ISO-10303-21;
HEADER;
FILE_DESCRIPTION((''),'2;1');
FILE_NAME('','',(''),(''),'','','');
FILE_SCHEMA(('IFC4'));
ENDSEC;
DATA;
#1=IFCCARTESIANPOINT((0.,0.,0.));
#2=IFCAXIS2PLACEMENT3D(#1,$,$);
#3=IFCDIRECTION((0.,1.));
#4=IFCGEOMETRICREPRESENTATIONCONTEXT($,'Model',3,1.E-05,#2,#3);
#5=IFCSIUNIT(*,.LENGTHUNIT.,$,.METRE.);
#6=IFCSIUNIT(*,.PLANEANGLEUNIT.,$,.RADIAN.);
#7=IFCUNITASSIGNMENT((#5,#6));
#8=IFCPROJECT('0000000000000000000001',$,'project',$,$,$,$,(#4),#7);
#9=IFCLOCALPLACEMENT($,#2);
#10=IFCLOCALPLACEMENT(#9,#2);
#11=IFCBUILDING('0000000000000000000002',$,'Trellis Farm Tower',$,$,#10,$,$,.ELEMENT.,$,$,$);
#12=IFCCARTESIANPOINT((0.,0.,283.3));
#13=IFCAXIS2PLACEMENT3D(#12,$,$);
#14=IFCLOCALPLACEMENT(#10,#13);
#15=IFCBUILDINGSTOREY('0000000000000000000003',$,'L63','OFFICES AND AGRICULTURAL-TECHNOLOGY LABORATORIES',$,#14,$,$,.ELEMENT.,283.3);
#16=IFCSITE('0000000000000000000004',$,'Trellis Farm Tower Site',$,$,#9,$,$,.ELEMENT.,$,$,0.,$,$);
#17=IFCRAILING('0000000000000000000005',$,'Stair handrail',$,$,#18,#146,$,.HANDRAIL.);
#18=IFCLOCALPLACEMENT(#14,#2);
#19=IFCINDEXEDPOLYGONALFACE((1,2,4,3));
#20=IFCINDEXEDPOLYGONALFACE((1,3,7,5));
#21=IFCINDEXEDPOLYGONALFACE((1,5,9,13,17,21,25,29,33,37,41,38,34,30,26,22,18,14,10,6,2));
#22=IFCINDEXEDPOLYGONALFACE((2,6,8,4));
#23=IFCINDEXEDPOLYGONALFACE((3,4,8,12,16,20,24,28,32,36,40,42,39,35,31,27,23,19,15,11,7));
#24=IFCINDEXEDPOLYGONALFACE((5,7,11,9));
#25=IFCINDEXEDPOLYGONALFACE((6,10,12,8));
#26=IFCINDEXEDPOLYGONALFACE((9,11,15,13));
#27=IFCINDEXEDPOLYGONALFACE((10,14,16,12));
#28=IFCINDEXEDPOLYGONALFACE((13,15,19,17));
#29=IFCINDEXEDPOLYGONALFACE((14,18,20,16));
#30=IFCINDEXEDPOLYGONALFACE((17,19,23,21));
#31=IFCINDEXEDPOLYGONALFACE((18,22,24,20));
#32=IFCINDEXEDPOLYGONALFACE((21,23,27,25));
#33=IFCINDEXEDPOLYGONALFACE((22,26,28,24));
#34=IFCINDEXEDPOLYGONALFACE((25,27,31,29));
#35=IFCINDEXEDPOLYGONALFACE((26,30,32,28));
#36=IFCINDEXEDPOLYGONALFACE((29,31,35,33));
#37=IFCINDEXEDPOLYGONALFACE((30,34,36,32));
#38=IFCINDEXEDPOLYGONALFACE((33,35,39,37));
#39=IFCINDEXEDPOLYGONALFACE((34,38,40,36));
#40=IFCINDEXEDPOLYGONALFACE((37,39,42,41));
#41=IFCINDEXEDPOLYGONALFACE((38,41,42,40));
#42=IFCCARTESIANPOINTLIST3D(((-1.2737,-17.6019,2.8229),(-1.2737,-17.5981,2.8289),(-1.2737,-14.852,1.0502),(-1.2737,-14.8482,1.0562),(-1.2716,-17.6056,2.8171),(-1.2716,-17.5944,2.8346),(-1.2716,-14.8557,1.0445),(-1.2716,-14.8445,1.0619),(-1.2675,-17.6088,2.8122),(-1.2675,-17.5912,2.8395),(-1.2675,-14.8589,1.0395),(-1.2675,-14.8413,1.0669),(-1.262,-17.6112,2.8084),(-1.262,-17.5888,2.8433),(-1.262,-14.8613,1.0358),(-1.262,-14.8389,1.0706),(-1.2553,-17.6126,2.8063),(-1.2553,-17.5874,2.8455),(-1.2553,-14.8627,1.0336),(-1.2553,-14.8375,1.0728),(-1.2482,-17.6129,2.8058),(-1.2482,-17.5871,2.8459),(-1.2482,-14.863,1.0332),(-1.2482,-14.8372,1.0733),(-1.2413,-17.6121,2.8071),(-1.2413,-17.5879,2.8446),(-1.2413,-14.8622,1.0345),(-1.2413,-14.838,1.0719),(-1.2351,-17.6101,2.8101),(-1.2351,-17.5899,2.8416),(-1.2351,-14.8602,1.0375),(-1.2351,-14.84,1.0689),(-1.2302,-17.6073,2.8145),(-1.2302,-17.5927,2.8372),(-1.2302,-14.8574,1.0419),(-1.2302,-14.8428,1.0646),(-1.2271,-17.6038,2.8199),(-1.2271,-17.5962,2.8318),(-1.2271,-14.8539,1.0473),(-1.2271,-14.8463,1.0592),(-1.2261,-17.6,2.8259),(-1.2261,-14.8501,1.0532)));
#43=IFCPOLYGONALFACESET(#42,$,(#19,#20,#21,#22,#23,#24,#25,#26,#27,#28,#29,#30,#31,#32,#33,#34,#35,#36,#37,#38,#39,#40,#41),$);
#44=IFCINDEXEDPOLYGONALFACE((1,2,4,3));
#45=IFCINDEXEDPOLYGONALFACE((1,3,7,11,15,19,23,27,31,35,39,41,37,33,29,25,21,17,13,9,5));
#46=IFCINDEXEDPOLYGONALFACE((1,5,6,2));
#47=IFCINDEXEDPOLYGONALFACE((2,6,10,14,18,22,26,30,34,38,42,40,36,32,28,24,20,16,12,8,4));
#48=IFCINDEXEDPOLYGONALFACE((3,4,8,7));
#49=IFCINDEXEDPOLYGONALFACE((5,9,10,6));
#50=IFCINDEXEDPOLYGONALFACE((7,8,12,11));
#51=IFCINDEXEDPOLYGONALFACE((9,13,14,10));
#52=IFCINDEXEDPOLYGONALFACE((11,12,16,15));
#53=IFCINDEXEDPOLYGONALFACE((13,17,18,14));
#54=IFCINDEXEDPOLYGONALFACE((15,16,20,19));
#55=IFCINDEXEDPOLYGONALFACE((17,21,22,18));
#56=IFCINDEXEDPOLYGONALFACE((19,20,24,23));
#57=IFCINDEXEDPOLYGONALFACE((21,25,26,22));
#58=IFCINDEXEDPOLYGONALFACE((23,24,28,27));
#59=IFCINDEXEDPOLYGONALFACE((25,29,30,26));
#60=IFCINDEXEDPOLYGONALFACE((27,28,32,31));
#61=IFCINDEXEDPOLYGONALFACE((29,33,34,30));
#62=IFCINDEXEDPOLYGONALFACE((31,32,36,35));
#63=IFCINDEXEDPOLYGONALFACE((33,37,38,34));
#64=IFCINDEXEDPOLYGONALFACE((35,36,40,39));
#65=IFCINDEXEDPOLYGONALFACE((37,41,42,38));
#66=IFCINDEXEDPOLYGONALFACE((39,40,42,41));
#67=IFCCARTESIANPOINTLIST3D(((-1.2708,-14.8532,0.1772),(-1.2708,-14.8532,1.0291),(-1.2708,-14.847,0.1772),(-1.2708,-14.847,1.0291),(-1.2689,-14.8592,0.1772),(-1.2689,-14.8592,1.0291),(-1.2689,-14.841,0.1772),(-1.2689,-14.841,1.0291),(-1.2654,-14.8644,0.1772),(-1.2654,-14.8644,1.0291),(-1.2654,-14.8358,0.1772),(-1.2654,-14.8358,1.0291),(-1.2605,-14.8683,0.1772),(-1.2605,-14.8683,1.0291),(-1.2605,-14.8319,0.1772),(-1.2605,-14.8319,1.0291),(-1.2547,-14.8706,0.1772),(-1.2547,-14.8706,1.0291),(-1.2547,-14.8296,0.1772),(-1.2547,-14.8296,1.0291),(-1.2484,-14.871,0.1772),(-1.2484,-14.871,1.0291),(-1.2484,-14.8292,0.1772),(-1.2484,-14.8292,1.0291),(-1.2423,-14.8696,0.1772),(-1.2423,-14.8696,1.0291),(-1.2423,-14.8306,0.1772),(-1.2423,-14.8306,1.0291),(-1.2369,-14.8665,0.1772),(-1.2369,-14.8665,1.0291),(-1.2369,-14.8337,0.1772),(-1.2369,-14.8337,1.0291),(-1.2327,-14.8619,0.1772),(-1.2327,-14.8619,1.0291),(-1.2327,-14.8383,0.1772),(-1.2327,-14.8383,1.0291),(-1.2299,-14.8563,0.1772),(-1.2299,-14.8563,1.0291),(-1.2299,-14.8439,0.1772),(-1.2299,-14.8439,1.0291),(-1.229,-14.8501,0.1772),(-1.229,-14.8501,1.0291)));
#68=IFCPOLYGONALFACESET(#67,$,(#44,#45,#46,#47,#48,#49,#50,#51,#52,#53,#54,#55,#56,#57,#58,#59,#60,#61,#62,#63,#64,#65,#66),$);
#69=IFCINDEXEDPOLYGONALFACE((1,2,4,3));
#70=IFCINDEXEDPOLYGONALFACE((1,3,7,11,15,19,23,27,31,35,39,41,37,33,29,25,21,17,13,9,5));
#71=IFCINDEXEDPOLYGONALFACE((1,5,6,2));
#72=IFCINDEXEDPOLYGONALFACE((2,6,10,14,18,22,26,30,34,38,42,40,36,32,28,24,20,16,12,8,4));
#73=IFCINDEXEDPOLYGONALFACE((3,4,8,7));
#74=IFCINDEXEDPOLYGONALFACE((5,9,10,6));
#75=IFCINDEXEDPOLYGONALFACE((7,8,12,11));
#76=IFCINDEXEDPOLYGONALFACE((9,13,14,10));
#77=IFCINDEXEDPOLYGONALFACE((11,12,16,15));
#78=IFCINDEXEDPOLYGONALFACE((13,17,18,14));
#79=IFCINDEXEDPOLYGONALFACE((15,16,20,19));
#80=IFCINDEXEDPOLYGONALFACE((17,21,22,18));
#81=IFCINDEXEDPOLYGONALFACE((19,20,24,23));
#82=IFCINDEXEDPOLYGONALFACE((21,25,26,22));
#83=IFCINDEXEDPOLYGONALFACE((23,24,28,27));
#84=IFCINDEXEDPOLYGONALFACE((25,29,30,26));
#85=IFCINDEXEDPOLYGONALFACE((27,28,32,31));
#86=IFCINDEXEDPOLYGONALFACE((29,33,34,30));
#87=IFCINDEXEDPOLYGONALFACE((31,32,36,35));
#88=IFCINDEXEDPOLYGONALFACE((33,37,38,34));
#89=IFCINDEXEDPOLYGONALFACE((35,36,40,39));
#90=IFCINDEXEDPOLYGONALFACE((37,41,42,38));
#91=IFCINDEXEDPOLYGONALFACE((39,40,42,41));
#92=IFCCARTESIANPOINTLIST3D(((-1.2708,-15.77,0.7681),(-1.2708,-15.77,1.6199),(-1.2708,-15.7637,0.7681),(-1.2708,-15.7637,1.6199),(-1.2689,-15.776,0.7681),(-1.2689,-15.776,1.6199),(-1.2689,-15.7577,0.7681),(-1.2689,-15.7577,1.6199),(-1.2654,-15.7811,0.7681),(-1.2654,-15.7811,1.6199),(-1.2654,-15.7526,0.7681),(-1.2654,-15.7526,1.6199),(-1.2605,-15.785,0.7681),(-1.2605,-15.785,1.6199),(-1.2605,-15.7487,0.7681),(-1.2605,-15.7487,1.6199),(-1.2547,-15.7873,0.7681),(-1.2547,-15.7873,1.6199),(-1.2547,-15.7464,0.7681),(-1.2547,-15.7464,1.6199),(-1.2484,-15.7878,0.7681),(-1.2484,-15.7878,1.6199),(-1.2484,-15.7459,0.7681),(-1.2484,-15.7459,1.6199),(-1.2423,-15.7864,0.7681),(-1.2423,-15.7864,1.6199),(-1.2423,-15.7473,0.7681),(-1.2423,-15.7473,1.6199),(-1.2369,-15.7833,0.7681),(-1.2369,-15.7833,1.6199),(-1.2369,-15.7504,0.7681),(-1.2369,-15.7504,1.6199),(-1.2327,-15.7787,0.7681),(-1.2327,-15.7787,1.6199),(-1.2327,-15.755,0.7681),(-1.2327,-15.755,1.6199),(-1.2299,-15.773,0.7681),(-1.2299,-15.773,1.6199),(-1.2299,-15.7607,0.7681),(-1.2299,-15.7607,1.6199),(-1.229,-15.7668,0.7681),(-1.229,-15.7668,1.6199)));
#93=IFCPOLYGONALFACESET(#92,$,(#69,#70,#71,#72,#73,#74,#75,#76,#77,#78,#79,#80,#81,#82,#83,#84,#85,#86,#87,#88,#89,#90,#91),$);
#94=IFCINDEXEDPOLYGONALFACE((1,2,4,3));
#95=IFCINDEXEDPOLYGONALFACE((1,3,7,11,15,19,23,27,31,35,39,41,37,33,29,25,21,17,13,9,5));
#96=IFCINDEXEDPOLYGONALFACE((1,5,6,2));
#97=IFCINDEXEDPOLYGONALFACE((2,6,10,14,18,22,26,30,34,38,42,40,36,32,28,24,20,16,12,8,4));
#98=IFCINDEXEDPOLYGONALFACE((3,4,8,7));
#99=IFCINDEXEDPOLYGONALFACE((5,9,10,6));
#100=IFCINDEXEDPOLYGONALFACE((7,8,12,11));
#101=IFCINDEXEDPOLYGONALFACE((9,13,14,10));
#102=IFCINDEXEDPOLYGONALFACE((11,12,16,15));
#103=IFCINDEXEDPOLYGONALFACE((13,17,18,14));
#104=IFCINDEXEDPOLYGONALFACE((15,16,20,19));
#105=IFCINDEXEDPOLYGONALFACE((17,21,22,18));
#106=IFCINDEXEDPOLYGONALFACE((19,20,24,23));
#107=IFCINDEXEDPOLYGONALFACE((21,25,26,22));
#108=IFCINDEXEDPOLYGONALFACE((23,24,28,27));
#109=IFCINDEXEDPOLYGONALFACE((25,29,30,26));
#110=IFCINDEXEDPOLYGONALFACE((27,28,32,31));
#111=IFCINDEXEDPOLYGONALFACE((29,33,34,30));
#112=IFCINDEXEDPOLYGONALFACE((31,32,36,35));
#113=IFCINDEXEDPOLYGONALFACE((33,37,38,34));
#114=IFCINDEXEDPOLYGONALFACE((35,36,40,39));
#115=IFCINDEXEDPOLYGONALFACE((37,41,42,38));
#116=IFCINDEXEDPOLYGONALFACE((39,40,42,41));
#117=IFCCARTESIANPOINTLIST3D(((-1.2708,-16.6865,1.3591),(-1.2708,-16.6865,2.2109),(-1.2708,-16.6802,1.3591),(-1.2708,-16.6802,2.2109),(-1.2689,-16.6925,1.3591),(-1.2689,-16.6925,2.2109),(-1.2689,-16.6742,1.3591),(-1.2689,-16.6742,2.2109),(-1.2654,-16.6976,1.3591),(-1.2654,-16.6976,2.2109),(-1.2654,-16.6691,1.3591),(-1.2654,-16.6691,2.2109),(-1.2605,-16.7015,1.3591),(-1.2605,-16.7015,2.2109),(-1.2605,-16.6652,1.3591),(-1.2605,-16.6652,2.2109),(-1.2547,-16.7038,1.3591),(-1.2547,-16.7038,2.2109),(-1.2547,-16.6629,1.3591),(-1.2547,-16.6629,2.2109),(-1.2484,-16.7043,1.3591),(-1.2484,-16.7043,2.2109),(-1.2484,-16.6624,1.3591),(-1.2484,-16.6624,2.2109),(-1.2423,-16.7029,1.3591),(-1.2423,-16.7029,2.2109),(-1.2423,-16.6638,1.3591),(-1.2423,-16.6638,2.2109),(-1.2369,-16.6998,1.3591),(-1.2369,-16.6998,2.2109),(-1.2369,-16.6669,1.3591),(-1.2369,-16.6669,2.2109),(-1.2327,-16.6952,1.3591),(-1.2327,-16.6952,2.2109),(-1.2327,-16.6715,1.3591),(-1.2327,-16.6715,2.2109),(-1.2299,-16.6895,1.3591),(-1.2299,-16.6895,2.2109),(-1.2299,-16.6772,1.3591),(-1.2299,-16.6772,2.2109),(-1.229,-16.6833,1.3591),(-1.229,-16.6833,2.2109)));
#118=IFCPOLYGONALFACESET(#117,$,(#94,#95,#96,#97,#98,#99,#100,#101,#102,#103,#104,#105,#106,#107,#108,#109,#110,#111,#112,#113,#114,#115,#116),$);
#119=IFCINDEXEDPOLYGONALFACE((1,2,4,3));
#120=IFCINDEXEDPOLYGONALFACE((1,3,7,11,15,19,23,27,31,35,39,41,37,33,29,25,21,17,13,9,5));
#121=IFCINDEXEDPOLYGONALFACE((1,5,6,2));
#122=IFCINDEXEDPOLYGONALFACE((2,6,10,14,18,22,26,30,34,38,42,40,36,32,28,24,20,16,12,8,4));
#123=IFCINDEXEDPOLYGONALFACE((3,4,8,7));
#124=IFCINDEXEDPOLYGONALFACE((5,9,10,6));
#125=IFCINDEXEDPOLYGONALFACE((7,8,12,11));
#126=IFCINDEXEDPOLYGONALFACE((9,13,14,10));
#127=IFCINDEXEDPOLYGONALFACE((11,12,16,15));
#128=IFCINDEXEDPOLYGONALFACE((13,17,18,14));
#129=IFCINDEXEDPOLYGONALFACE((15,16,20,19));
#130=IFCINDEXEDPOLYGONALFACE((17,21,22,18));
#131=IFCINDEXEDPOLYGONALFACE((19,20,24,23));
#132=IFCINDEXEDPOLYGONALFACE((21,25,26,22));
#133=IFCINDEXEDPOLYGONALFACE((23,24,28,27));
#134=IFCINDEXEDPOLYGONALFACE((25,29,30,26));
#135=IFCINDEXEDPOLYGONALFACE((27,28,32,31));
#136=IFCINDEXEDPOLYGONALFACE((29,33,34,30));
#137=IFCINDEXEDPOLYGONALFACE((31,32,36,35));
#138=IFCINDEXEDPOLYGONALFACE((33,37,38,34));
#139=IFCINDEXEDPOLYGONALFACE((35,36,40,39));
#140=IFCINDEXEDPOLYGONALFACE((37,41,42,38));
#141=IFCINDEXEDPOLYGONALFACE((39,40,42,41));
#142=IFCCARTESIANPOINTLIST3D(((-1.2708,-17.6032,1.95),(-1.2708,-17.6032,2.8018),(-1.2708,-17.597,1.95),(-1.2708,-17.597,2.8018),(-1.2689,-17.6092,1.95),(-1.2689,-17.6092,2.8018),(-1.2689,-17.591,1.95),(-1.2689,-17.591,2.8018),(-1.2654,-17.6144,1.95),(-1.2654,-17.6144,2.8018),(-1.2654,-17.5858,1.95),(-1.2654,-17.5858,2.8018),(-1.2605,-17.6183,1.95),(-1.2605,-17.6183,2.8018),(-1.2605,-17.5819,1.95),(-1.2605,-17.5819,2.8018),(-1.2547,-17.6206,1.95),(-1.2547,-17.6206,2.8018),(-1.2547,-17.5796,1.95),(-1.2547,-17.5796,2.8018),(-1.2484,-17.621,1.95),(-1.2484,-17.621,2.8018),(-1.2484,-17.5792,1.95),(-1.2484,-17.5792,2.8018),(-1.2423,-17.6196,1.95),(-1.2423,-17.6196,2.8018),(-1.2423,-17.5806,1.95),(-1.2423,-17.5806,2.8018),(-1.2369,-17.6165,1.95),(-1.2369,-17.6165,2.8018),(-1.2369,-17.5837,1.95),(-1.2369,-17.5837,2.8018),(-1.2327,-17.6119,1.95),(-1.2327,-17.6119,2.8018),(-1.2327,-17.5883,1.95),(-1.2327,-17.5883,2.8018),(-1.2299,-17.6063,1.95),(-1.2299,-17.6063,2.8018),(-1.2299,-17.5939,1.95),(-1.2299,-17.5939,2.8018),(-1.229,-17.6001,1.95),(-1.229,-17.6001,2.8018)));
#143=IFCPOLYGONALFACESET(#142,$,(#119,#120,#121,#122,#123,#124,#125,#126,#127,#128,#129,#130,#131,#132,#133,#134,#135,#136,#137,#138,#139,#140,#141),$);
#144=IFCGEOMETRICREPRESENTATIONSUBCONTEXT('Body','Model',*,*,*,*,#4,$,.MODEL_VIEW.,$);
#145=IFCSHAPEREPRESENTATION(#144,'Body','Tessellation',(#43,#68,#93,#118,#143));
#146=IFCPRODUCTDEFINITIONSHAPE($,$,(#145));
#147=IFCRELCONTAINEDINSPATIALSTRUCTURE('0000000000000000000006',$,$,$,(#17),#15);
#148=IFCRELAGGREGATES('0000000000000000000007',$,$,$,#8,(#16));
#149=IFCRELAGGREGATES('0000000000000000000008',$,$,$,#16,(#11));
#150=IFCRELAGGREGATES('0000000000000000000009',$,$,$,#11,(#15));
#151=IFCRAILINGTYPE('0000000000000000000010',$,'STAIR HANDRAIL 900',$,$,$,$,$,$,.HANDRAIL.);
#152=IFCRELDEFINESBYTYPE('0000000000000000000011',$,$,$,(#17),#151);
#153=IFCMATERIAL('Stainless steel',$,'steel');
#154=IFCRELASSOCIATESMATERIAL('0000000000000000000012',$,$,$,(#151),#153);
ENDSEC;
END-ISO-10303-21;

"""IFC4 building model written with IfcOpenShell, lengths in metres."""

from ifc_helpers import new_model, si_unit, direction, frame, origin, origin_2d, place, context, subcontext, project, spatial, circle, extrude, source, transform, mapped, material, type_object, element, save


model = new_model("IFC4")

# Units and contexts
model_context = context("Model", 3, precision=1e-05, world=origin(), true_north=direction((0.0, 1.0)))
body_context = subcontext(model_context, "Body", "Model", "MODEL_VIEW")
ifc_project = project(units=[si_unit("LENGTHUNIT", "METRE"), si_unit("PLANEANGLEUNIT", "RADIAN")], contexts=[model_context])

# Site, building, storey
site_placement = place(None, origin())
site = spatial("IfcSite", under=ifc_project, at=site_placement, Name="Trellis Farm Tower Site", CompositionType="ELEMENT", RefElevation=0.0)
building_placement = place(site_placement, origin())
building = spatial("IfcBuilding", under=site, at=building_placement, Name="Trellis Farm Tower", CompositionType="ELEMENT")
storey_placement = place(building_placement, frame((0.0, 0.0, 283.3)))
storey = spatial("IfcBuildingStorey", under=building, at=storey_placement, Name="L63", Description="OFFICES AND AGRICULTURAL-TECHNOLOGY LABORATORIES", CompositionType="ELEMENT", Elevation=283.3)

# Railing
ifc_material_1 = material(Name="Stainless steel", Category="steel")
railing_type = type_object("IfcRailingType", Name="STAIR HANDRAIL 900", PredefinedType="HANDRAIL", material=ifc_material_1)
shared_shape_1 = source(origin(), body_context, "Body", "SweptSolid", [
    extrude(circle(Radius=0.0239, at=origin_2d()), frame((0.0, 0.0, 0.876), z_axis=(0.0, -0.840504, 0.541806), x_axis=(1.0, 0.0, 0.0)), (0.0, 0.0, 1.0), 3.2717),
    extrude(circle(Radius=0.021, at=origin_2d()), origin(), (0.0, 0.0, 1.0), 0.8518),
    extrude(circle(Radius=0.021, at=origin_2d()), frame((0.0, -0.9167, 0.5908)), (0.0, 0.0, 1.0), 0.8518),
    extrude(circle(Radius=0.021, at=origin_2d()), frame((0.0, -1.8333, 1.1819)), (0.0, 0.0, 1.0), 0.8518),
    extrude(circle(Radius=0.021, at=origin_2d()), frame((0.0, -2.75, 1.7727)), (0.0, 0.0, 1.0), 0.8518),
])
railing_placement = place(storey_placement, frame((-1.25, -14.8501, 0.1772)))
element("IfcRailing", 1, at=railing_placement, inside=storey, type_object=railing_type, Name="Stair handrail", PredefinedType="HANDRAIL", context=body_context, shape_type="MappedRepresentation", body=[
    mapped(shared_shape_1, transform((0.0, 0.0, 0.0))),
])

save(model, "model.ifc")
